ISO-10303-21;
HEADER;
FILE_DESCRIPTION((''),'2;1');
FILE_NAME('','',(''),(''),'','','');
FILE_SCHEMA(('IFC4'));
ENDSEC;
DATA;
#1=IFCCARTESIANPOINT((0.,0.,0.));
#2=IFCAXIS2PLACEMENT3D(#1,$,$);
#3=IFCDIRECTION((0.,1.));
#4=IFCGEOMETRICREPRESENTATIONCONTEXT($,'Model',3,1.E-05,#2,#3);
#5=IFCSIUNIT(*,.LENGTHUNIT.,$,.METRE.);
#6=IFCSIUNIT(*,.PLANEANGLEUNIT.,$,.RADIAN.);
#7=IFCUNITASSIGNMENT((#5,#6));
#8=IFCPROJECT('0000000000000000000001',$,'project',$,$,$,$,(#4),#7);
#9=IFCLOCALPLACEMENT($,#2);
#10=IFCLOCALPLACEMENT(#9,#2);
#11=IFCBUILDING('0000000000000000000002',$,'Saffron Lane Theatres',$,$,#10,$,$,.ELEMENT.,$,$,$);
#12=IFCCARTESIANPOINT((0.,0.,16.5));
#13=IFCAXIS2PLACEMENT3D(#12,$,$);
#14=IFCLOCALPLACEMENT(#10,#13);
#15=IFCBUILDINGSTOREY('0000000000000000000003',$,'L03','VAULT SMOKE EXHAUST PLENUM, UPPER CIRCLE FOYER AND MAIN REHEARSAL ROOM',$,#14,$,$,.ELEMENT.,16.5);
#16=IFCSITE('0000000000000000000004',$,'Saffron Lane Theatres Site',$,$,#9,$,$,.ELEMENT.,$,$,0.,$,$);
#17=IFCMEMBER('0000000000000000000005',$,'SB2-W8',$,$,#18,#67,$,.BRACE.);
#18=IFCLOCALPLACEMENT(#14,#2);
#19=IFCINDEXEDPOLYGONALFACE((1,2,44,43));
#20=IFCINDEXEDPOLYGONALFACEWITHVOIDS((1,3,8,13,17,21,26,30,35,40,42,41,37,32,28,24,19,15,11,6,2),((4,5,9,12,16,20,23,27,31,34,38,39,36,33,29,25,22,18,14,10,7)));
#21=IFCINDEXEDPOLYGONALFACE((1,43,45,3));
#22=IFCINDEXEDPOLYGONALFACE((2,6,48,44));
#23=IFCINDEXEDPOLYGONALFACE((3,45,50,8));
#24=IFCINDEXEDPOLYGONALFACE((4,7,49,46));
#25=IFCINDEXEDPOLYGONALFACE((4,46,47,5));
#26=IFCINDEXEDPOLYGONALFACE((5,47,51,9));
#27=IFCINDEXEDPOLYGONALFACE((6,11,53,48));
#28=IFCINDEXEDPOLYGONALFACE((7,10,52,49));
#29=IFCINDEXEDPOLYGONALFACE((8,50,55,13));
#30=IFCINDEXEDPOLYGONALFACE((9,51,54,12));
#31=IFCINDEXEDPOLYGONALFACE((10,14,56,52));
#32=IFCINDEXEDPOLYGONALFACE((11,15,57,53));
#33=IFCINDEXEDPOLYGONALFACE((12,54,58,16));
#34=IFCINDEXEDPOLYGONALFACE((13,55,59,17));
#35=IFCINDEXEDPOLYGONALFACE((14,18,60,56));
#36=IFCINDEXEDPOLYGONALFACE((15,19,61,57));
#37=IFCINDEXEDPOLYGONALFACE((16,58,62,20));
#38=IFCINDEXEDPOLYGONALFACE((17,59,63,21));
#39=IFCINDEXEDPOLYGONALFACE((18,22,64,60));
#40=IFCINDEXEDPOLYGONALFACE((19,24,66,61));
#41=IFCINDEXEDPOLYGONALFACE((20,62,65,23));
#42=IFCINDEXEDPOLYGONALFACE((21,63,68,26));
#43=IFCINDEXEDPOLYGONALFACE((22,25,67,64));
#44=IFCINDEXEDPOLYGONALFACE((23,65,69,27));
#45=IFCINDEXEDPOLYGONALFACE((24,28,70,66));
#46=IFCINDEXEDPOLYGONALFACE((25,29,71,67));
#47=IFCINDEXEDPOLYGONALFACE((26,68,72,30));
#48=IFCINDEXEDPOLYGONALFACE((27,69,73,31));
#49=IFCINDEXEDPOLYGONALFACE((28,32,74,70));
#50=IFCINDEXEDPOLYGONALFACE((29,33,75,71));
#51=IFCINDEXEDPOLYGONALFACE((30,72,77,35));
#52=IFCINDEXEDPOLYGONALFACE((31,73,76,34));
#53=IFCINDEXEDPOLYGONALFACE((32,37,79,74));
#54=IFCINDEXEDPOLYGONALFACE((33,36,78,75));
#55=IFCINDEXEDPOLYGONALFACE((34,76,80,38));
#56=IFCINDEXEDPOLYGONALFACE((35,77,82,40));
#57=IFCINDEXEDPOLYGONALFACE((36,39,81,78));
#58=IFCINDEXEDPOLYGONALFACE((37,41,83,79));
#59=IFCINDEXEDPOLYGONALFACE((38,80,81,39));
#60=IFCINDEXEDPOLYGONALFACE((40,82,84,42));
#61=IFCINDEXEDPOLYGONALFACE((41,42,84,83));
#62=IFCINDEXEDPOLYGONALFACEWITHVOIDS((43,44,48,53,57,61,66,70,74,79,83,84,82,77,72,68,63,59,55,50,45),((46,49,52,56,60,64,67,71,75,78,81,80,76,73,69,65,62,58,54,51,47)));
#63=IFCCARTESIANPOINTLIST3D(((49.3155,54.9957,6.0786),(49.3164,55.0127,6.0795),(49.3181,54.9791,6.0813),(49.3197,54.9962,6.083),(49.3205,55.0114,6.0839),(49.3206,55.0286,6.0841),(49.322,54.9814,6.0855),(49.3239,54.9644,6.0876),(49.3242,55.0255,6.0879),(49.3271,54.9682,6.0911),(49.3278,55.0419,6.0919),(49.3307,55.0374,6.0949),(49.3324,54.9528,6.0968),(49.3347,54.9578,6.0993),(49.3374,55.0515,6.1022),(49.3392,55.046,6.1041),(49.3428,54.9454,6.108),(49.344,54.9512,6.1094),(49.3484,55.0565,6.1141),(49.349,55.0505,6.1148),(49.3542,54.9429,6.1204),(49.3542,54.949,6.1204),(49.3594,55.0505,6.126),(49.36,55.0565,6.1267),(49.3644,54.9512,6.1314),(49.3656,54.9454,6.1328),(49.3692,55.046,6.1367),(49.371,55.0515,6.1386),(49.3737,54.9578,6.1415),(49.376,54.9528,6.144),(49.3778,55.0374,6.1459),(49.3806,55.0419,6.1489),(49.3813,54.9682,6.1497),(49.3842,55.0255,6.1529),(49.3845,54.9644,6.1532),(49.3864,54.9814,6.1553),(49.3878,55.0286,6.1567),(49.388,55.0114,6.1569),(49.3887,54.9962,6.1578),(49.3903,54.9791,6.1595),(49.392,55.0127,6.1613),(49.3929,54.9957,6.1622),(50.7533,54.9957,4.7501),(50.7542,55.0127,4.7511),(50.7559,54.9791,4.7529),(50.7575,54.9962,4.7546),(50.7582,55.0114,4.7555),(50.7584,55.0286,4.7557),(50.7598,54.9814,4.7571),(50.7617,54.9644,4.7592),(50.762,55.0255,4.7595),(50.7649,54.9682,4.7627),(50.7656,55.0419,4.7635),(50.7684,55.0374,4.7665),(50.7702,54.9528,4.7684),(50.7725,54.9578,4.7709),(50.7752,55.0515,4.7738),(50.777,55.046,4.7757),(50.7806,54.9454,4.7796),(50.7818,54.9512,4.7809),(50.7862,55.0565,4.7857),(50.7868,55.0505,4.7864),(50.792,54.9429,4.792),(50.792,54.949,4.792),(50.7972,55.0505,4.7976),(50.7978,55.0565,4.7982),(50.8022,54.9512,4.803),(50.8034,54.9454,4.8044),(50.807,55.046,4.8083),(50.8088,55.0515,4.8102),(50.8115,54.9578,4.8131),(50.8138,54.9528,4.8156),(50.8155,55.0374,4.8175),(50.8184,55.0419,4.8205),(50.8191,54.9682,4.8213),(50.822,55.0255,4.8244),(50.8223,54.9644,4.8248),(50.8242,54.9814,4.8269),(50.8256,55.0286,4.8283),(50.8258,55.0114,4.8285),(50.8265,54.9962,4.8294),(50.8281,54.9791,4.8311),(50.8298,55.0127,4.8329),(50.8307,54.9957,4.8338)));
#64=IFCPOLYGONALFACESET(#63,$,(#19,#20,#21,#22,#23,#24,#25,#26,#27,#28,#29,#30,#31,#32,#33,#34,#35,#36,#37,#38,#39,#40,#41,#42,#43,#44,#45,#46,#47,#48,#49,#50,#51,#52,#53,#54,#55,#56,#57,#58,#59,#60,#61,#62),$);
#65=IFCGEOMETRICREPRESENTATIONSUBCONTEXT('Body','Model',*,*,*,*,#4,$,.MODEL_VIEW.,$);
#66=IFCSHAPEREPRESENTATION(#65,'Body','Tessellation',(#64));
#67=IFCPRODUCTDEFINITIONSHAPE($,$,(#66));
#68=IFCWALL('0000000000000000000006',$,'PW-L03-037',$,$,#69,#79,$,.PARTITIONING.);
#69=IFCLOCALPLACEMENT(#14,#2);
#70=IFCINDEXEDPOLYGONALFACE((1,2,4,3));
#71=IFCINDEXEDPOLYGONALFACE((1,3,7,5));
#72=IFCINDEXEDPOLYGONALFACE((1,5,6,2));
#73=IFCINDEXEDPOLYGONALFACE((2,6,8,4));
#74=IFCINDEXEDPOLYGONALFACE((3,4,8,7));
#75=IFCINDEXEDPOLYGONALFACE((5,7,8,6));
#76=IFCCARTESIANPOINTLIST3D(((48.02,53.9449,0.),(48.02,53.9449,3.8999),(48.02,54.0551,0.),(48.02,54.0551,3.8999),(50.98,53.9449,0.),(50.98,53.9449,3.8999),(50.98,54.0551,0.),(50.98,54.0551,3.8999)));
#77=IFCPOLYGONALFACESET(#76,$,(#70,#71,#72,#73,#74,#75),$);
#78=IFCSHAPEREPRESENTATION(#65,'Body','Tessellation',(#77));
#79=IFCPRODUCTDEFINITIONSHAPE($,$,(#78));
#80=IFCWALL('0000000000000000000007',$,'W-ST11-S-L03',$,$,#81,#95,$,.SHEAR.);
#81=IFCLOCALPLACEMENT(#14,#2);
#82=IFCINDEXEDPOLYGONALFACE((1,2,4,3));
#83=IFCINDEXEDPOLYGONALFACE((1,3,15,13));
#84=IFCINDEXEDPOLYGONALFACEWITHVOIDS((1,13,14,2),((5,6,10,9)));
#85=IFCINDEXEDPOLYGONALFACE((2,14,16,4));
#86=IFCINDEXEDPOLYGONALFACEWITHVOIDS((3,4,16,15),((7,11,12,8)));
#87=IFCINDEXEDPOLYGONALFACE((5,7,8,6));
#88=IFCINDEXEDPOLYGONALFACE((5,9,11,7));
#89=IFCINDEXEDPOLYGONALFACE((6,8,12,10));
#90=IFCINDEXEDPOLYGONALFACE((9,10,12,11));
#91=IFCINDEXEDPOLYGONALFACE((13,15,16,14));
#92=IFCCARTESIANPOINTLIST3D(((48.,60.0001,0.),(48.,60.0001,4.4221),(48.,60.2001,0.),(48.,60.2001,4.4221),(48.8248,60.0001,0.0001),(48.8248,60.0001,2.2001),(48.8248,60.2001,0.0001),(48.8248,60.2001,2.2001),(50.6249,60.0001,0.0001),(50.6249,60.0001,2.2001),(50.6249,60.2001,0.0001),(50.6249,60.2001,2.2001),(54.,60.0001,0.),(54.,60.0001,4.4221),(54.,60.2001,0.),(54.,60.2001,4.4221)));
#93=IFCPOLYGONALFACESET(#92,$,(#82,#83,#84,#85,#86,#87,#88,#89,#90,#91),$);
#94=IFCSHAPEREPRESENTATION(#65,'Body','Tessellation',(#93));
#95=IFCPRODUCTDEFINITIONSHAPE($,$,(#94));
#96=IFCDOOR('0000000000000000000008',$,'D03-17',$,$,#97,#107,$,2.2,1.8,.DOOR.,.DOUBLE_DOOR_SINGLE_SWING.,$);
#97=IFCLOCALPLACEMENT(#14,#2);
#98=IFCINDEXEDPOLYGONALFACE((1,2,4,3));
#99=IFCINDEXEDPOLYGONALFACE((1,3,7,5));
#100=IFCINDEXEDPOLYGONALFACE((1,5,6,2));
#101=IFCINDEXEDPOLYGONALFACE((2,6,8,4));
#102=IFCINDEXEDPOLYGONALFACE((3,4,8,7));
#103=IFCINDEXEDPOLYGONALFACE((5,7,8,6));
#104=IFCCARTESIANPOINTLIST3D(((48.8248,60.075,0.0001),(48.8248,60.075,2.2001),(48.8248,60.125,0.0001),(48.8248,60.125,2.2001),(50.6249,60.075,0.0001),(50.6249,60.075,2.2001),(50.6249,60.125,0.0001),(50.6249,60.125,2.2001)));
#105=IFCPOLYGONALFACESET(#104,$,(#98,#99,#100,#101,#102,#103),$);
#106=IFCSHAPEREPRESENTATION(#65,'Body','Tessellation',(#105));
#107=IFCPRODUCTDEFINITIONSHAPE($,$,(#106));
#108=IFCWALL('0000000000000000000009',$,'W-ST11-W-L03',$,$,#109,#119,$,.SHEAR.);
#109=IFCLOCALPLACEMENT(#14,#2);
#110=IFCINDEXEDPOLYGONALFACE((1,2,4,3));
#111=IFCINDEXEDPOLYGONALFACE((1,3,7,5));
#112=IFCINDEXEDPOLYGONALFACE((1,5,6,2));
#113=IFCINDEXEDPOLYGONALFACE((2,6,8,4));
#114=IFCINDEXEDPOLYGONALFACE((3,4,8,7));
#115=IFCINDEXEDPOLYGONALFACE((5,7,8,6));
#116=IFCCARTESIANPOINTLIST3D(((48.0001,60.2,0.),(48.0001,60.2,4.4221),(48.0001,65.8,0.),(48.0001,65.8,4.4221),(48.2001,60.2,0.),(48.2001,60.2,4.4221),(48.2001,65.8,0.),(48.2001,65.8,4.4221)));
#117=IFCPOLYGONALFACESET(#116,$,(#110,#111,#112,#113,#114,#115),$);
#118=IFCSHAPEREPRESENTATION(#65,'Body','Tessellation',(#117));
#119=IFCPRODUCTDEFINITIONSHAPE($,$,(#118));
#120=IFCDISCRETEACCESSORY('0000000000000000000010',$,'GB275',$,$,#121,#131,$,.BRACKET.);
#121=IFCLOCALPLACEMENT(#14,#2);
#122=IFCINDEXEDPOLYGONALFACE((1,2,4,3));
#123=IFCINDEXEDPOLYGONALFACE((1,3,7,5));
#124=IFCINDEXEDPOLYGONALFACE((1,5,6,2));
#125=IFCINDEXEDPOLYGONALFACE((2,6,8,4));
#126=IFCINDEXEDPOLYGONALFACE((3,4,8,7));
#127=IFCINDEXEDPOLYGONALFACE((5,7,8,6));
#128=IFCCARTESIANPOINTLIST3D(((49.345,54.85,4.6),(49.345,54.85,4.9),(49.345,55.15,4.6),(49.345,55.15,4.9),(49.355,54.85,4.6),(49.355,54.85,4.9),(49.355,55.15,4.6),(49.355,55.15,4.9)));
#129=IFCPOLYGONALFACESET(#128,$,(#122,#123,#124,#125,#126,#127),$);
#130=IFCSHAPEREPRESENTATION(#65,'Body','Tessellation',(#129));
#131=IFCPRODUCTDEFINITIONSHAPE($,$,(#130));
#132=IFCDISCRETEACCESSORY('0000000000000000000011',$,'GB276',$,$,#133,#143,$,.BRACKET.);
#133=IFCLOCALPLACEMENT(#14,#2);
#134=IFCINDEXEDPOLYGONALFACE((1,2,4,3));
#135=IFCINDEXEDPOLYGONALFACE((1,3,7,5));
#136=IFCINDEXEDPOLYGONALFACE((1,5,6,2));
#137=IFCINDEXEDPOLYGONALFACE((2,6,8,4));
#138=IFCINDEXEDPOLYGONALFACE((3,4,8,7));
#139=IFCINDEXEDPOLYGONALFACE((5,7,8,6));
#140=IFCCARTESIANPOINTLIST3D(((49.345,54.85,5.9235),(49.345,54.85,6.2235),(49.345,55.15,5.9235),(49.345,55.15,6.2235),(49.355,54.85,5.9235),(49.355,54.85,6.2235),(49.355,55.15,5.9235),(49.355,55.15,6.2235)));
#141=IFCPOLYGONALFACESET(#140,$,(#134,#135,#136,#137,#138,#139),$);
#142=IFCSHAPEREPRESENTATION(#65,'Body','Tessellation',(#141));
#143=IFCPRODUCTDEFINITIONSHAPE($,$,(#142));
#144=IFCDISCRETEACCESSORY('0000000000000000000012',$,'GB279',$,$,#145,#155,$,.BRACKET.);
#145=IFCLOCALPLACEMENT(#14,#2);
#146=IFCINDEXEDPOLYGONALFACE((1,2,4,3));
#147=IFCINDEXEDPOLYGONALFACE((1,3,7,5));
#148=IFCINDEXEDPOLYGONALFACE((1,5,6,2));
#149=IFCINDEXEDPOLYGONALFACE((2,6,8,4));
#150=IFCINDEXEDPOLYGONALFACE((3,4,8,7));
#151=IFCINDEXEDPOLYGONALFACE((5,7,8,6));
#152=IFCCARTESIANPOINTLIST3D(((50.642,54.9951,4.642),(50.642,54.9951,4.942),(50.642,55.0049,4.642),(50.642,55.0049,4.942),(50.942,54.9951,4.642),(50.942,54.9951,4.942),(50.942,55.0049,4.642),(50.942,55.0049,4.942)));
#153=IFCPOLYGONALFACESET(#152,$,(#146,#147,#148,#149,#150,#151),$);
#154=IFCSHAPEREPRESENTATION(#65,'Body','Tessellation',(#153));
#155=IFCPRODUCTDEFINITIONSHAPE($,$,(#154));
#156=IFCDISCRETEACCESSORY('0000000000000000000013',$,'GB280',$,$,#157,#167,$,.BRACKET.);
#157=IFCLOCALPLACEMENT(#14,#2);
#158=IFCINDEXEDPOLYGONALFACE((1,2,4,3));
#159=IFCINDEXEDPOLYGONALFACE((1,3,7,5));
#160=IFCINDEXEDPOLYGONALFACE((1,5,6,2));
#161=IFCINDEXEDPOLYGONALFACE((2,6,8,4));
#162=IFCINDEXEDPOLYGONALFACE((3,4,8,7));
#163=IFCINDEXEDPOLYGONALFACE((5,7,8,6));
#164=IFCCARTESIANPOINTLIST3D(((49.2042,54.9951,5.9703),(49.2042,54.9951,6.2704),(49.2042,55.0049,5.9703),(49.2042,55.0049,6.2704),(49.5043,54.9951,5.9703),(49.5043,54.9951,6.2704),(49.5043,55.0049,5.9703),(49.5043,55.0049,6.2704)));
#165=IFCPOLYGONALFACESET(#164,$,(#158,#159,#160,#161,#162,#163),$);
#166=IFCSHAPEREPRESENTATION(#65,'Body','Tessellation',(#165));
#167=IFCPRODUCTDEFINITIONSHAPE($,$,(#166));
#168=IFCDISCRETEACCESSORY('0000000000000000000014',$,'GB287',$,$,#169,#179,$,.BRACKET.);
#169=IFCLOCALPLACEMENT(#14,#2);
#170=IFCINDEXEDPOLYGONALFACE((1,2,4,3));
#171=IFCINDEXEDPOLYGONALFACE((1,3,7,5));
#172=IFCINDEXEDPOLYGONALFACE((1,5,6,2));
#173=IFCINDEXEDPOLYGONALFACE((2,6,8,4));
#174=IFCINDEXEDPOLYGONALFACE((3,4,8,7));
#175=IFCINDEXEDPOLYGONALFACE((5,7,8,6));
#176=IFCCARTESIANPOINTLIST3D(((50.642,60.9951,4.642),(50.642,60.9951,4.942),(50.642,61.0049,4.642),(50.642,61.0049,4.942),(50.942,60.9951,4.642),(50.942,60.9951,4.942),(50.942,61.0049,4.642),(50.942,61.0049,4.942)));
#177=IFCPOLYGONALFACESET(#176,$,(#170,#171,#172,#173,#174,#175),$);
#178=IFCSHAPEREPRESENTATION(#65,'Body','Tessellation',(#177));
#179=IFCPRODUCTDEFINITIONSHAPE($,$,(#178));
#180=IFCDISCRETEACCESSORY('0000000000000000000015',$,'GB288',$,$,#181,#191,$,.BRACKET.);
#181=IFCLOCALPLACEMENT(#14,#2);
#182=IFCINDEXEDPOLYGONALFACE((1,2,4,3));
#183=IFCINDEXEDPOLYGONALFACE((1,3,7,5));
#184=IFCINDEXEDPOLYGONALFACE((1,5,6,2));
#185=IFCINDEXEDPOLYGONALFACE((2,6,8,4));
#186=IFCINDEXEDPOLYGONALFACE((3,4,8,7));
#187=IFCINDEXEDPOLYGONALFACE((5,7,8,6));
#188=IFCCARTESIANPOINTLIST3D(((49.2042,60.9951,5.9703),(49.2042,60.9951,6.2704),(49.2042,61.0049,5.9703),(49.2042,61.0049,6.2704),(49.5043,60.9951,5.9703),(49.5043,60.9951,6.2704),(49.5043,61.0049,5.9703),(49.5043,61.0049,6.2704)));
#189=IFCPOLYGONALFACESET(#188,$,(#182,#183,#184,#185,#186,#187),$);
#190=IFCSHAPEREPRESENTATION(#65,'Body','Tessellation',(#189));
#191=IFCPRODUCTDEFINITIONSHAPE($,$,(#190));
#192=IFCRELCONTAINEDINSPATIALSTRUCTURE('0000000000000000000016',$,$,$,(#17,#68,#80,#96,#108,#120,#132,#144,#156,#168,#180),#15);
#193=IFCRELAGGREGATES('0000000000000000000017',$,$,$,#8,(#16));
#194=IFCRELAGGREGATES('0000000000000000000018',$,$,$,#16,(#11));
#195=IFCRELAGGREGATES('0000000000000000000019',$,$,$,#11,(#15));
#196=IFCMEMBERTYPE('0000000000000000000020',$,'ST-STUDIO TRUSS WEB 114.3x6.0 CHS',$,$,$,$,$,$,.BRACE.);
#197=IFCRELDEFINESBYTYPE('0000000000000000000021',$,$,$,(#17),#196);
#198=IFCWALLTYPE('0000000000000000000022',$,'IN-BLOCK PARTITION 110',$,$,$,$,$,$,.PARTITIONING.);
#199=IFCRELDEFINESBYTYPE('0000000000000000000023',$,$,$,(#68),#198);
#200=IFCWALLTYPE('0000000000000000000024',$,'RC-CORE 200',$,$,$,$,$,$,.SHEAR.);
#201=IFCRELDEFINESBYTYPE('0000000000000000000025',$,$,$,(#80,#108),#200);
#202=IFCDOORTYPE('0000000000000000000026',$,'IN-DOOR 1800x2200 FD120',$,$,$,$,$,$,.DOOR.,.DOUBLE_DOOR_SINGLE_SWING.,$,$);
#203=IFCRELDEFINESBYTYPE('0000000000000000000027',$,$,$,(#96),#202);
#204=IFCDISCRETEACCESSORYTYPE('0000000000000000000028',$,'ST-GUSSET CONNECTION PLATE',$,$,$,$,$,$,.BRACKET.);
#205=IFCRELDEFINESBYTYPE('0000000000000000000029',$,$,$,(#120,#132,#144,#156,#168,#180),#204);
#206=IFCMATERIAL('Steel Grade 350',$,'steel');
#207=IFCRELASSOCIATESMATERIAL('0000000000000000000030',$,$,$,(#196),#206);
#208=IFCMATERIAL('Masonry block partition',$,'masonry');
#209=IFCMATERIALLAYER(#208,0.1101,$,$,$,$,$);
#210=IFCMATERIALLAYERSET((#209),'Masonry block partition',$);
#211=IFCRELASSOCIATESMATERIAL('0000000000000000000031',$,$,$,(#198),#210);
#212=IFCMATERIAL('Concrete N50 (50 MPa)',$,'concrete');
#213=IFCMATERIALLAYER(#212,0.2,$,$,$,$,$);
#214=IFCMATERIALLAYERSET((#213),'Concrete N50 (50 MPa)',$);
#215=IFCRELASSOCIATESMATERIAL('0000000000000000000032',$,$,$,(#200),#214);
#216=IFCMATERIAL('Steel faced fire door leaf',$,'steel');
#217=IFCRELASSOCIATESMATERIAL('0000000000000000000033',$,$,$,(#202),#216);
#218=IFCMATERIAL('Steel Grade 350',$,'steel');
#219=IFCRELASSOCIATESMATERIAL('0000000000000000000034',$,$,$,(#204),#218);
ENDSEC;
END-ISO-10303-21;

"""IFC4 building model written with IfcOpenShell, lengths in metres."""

from ifc_helpers import new_model, si_unit, direction, frame, frame_2d, origin, origin_2d, place, context, subcontext, project, spatial, rectangle, hollow_circle, extrude, material, layer, layer_set, material_profile, profile_set, type_object, element, fill, save


model = new_model("IFC4")

# Units and contexts
model_context = context("Model", 3, precision=1e-05, world=origin(), true_north=direction((0.0, 1.0)))
body_context = subcontext(model_context, "Body", "Model", "MODEL_VIEW")
ifc_project = project(units=[si_unit("LENGTHUNIT", "METRE"), si_unit("PLANEANGLEUNIT", "RADIAN")], contexts=[model_context])

# Site, building, storey
site_placement = place(None, origin())
site = spatial("IfcSite", under=ifc_project, at=site_placement, Name="Saffron Lane Theatres Site", CompositionType="ELEMENT", RefElevation=0.0)
building_placement = place(site_placement, origin())
building = spatial("IfcBuilding", under=site, at=building_placement, Name="Saffron Lane Theatres", CompositionType="ELEMENT")
storey_placement = place(building_placement, frame((0.0, 0.0, 16.5)))
storey = spatial("IfcBuildingStorey", under=building, at=storey_placement, Name="L03", Description="VAULT SMOKE EXHAUST PLENUM, UPPER CIRCLE FOYER AND MAIN REHEARSAL ROOM", CompositionType="ELEMENT", Elevation=16.5)

# Member
ifc_material_1 = material(Name="Steel Grade 350", Category="steel")
ifc_material_profile_1 = material_profile(ifc_material_1, hollow_circle(Radius=0.0571, WallThickness=0.0061, at=origin_2d()))
ifc_profile_set_1 = profile_set([ifc_material_profile_1], Name="Steel Grade 350")
member_type_1 = type_object("IfcMemberType", Name="ST-STUDIO TRUSS WEB 114.3x6.0 CHS", PredefinedType="BRACE", material=ifc_profile_set_1)
member_1_placement = place(storey_placement, frame((50.792, 55.0, 4.792), z_axis=(-0.734493, 0.0, 0.678617), x_axis=(0.0, -1.0, 0.0)))
element("IfcMember", 1, at=member_1_placement, inside=storey, type_object=member_type_1, Name="SB2-W8", PredefinedType="BRACE", context=body_context, shape_type="SweptSolid", body=[
    extrude(hollow_circle(Radius=0.0571, WallThickness=0.0061, at=origin_2d()), origin(), (0.0, 0.0, 1.0), 1.9575),
])

# Wall
ifc_material_2 = material(Name="Masonry block partition", Category="masonry")
ifc_layer_1 = layer(ifc_material_2, 0.1101)
ifc_layer_set_1 = layer_set([ifc_layer_1], Name="Masonry block partition")
wall_type_1 = type_object("IfcWallType", Name="IN-BLOCK PARTITION 110", PredefinedType="PARTITIONING", material=ifc_layer_set_1)
wall_1_placement = place(storey_placement, frame((48.02, 54.0, 0.0), z_axis=(0.0, 0.0, 1.0), x_axis=(1.0, 0.0, 0.0)))
element("IfcWall", 2, at=wall_1_placement, inside=storey, type_object=wall_type_1, Name="PW-L03-037", PredefinedType="PARTITIONING", context=body_context, shape_type="SweptSolid", body=[
    extrude(rectangle(XDim=2.96, YDim=0.1101, at=frame_2d((1.48, 0.0))), origin(), (0.0, 0.0, 1.0), 3.8999),
])

# Wall, opening, door
ifc_material_3 = material(Name="Concrete N50 (50 MPa)", Category="concrete")
ifc_layer_2 = layer(ifc_material_3, 0.2)
ifc_layer_set_2 = layer_set([ifc_layer_2], Name="Concrete N50 (50 MPa)")
wall_type_2 = type_object("IfcWallType", Name="RC-CORE 200", PredefinedType="SHEAR", material=ifc_layer_set_2)
wall_2_placement = place(storey_placement, frame((48.0, 60.1001, 0.0), z_axis=(0.0, 0.0, 1.0), x_axis=(1.0, 0.0, 0.0)))
wall_2 = element("IfcWall", 3, at=wall_2_placement, inside=storey, type_object=wall_type_2, Name="W-ST11-S-L03", PredefinedType="SHEAR", context=body_context, shape_type="SweptSolid", body=[
    extrude(rectangle(XDim=6.0, YDim=0.2, at=frame_2d((3.0, 0.0))), origin(), (0.0, 0.0, 1.0), 4.4221),
])
opening_placement = place(wall_2_placement, frame((0.825, 0.0, 0.0)))
opening = element("IfcOpeningElement", 4, at=opening_placement, cuts=wall_2, PredefinedType="OPENING", context=body_context, shape_type="SweptSolid", body=[
    extrude(rectangle(XDim=1.8, YDim=2.2, at=frame_2d((0.8999, 1.1001))), frame((0.0, 0.1099, 0.0), z_axis=(0.0, -1.0, 0.0), x_axis=(1.0, 0.0, 0.0)), (0.0, 0.0, 1.0), 0.22),
])
ifc_material_4 = material(Name="Steel faced fire door leaf", Category="steel")
door_type = type_object("IfcDoorType", Name="IN-DOOR 1800x2200 FD120", OperationType="DOUBLE_DOOR_SINGLE_SWING", PredefinedType="DOOR", material=ifc_material_4)
door_placement = place(opening_placement, origin())
door = element("IfcDoor", 5, at=door_placement, inside=storey, type_object=door_type, Name="D03-17", OperationType="DOUBLE_DOOR_SINGLE_SWING", OverallHeight=2.2, OverallWidth=1.8, PredefinedType="DOOR", context=body_context, shape_type="SweptSolid", body=[
    extrude(rectangle(XDim=1.8, YDim=2.2, at=frame_2d((0.8999, 1.1001))), frame((0.0, 0.0249, 0.0), z_axis=(0.0, -1.0, 0.0), x_axis=(1.0, 0.0, 0.0)), (0.0, 0.0, 1.0), 0.05),
])
fill(opening, door)

# Wall
wall_3_placement = place(storey_placement, frame((48.1001, 60.2, 0.0), z_axis=(0.0, 0.0, 1.0), x_axis=(0.0, 1.0, 0.0)))
element("IfcWall", 6, at=wall_3_placement, inside=storey, type_object=wall_type_2, Name="W-ST11-W-L03", PredefinedType="SHEAR", context=body_context, shape_type="SweptSolid", body=[
    extrude(rectangle(XDim=5.6001, YDim=0.2, at=frame_2d((2.8, 0.0))), origin(), (0.0, 0.0, 1.0), 4.4221),
])

# Discrete accessories
ifc_material_5 = material(Name="Steel Grade 350", Category="steel")
ifc_material_profile_2 = material_profile(ifc_material_5, rectangle(XDim=0.3, YDim=0.3, at=origin_2d()))
ifc_profile_set_2 = profile_set([ifc_material_profile_2], Name="Steel Grade 350")
discrete_accessory_type_1 = type_object("IfcDiscreteAccessoryType", Name="ST-GUSSET CONNECTION PLATE", PredefinedType="BRACKET", material=ifc_profile_set_2)
for number, where, z_axis, x_axis, name in (
    (7, (49.345, 55.0, 4.75), (1.0, 0.0, 0.0), (0.0, 1.0, 0.0), "GB275"),
    (8, (49.345, 55.0, 6.0735), (1.0, 0.0, 0.0), (0.0, 1.0, 0.0), "GB276"),
):
    element("IfcDiscreteAccessory", number, at=place(storey_placement, frame(where, z_axis=z_axis, x_axis=x_axis)), inside=storey, type_object=discrete_accessory_type_1, Name=name, PredefinedType="BRACKET", context=body_context, shape_type="SweptSolid", body=[
        extrude(rectangle(XDim=0.3, YDim=0.3, at=origin_2d()), origin(), (0.0, 0.0, 1.0), 0.01),
    ])
for number, where, z_axis, x_axis, name in (
    (9, (50.792, 54.9951, 4.792), (0.0, 1.0, 0.0), (-1.0, 0.0, 0.0), "GB279"),
    (10, (49.3542, 54.9951, 6.1204), (0.0, 1.0, 0.0), (-1.0, 0.0, 0.0), "GB280"),
    (11, (50.792, 60.9951, 4.792), (0.0, 1.0, 0.0), (-1.0, 0.0, 0.0), "GB287"),
    (12, (49.3542, 60.9951, 6.1204), (0.0, 1.0, 0.0), (-1.0, 0.0, 0.0), "GB288"),
):
    element("IfcDiscreteAccessory", number, at=place(storey_placement, frame(where, z_axis=z_axis, x_axis=x_axis)), inside=storey, type_object=discrete_accessory_type_1, Name=name, PredefinedType="BRACKET", context=body_context, shape_type="SweptSolid", body=[
        extrude(rectangle(XDim=0.3, YDim=0.3, at=origin_2d()), origin(), (0.0, 0.0, 1.0), 0.0098),
    ])

save(model, "model.ifc")
